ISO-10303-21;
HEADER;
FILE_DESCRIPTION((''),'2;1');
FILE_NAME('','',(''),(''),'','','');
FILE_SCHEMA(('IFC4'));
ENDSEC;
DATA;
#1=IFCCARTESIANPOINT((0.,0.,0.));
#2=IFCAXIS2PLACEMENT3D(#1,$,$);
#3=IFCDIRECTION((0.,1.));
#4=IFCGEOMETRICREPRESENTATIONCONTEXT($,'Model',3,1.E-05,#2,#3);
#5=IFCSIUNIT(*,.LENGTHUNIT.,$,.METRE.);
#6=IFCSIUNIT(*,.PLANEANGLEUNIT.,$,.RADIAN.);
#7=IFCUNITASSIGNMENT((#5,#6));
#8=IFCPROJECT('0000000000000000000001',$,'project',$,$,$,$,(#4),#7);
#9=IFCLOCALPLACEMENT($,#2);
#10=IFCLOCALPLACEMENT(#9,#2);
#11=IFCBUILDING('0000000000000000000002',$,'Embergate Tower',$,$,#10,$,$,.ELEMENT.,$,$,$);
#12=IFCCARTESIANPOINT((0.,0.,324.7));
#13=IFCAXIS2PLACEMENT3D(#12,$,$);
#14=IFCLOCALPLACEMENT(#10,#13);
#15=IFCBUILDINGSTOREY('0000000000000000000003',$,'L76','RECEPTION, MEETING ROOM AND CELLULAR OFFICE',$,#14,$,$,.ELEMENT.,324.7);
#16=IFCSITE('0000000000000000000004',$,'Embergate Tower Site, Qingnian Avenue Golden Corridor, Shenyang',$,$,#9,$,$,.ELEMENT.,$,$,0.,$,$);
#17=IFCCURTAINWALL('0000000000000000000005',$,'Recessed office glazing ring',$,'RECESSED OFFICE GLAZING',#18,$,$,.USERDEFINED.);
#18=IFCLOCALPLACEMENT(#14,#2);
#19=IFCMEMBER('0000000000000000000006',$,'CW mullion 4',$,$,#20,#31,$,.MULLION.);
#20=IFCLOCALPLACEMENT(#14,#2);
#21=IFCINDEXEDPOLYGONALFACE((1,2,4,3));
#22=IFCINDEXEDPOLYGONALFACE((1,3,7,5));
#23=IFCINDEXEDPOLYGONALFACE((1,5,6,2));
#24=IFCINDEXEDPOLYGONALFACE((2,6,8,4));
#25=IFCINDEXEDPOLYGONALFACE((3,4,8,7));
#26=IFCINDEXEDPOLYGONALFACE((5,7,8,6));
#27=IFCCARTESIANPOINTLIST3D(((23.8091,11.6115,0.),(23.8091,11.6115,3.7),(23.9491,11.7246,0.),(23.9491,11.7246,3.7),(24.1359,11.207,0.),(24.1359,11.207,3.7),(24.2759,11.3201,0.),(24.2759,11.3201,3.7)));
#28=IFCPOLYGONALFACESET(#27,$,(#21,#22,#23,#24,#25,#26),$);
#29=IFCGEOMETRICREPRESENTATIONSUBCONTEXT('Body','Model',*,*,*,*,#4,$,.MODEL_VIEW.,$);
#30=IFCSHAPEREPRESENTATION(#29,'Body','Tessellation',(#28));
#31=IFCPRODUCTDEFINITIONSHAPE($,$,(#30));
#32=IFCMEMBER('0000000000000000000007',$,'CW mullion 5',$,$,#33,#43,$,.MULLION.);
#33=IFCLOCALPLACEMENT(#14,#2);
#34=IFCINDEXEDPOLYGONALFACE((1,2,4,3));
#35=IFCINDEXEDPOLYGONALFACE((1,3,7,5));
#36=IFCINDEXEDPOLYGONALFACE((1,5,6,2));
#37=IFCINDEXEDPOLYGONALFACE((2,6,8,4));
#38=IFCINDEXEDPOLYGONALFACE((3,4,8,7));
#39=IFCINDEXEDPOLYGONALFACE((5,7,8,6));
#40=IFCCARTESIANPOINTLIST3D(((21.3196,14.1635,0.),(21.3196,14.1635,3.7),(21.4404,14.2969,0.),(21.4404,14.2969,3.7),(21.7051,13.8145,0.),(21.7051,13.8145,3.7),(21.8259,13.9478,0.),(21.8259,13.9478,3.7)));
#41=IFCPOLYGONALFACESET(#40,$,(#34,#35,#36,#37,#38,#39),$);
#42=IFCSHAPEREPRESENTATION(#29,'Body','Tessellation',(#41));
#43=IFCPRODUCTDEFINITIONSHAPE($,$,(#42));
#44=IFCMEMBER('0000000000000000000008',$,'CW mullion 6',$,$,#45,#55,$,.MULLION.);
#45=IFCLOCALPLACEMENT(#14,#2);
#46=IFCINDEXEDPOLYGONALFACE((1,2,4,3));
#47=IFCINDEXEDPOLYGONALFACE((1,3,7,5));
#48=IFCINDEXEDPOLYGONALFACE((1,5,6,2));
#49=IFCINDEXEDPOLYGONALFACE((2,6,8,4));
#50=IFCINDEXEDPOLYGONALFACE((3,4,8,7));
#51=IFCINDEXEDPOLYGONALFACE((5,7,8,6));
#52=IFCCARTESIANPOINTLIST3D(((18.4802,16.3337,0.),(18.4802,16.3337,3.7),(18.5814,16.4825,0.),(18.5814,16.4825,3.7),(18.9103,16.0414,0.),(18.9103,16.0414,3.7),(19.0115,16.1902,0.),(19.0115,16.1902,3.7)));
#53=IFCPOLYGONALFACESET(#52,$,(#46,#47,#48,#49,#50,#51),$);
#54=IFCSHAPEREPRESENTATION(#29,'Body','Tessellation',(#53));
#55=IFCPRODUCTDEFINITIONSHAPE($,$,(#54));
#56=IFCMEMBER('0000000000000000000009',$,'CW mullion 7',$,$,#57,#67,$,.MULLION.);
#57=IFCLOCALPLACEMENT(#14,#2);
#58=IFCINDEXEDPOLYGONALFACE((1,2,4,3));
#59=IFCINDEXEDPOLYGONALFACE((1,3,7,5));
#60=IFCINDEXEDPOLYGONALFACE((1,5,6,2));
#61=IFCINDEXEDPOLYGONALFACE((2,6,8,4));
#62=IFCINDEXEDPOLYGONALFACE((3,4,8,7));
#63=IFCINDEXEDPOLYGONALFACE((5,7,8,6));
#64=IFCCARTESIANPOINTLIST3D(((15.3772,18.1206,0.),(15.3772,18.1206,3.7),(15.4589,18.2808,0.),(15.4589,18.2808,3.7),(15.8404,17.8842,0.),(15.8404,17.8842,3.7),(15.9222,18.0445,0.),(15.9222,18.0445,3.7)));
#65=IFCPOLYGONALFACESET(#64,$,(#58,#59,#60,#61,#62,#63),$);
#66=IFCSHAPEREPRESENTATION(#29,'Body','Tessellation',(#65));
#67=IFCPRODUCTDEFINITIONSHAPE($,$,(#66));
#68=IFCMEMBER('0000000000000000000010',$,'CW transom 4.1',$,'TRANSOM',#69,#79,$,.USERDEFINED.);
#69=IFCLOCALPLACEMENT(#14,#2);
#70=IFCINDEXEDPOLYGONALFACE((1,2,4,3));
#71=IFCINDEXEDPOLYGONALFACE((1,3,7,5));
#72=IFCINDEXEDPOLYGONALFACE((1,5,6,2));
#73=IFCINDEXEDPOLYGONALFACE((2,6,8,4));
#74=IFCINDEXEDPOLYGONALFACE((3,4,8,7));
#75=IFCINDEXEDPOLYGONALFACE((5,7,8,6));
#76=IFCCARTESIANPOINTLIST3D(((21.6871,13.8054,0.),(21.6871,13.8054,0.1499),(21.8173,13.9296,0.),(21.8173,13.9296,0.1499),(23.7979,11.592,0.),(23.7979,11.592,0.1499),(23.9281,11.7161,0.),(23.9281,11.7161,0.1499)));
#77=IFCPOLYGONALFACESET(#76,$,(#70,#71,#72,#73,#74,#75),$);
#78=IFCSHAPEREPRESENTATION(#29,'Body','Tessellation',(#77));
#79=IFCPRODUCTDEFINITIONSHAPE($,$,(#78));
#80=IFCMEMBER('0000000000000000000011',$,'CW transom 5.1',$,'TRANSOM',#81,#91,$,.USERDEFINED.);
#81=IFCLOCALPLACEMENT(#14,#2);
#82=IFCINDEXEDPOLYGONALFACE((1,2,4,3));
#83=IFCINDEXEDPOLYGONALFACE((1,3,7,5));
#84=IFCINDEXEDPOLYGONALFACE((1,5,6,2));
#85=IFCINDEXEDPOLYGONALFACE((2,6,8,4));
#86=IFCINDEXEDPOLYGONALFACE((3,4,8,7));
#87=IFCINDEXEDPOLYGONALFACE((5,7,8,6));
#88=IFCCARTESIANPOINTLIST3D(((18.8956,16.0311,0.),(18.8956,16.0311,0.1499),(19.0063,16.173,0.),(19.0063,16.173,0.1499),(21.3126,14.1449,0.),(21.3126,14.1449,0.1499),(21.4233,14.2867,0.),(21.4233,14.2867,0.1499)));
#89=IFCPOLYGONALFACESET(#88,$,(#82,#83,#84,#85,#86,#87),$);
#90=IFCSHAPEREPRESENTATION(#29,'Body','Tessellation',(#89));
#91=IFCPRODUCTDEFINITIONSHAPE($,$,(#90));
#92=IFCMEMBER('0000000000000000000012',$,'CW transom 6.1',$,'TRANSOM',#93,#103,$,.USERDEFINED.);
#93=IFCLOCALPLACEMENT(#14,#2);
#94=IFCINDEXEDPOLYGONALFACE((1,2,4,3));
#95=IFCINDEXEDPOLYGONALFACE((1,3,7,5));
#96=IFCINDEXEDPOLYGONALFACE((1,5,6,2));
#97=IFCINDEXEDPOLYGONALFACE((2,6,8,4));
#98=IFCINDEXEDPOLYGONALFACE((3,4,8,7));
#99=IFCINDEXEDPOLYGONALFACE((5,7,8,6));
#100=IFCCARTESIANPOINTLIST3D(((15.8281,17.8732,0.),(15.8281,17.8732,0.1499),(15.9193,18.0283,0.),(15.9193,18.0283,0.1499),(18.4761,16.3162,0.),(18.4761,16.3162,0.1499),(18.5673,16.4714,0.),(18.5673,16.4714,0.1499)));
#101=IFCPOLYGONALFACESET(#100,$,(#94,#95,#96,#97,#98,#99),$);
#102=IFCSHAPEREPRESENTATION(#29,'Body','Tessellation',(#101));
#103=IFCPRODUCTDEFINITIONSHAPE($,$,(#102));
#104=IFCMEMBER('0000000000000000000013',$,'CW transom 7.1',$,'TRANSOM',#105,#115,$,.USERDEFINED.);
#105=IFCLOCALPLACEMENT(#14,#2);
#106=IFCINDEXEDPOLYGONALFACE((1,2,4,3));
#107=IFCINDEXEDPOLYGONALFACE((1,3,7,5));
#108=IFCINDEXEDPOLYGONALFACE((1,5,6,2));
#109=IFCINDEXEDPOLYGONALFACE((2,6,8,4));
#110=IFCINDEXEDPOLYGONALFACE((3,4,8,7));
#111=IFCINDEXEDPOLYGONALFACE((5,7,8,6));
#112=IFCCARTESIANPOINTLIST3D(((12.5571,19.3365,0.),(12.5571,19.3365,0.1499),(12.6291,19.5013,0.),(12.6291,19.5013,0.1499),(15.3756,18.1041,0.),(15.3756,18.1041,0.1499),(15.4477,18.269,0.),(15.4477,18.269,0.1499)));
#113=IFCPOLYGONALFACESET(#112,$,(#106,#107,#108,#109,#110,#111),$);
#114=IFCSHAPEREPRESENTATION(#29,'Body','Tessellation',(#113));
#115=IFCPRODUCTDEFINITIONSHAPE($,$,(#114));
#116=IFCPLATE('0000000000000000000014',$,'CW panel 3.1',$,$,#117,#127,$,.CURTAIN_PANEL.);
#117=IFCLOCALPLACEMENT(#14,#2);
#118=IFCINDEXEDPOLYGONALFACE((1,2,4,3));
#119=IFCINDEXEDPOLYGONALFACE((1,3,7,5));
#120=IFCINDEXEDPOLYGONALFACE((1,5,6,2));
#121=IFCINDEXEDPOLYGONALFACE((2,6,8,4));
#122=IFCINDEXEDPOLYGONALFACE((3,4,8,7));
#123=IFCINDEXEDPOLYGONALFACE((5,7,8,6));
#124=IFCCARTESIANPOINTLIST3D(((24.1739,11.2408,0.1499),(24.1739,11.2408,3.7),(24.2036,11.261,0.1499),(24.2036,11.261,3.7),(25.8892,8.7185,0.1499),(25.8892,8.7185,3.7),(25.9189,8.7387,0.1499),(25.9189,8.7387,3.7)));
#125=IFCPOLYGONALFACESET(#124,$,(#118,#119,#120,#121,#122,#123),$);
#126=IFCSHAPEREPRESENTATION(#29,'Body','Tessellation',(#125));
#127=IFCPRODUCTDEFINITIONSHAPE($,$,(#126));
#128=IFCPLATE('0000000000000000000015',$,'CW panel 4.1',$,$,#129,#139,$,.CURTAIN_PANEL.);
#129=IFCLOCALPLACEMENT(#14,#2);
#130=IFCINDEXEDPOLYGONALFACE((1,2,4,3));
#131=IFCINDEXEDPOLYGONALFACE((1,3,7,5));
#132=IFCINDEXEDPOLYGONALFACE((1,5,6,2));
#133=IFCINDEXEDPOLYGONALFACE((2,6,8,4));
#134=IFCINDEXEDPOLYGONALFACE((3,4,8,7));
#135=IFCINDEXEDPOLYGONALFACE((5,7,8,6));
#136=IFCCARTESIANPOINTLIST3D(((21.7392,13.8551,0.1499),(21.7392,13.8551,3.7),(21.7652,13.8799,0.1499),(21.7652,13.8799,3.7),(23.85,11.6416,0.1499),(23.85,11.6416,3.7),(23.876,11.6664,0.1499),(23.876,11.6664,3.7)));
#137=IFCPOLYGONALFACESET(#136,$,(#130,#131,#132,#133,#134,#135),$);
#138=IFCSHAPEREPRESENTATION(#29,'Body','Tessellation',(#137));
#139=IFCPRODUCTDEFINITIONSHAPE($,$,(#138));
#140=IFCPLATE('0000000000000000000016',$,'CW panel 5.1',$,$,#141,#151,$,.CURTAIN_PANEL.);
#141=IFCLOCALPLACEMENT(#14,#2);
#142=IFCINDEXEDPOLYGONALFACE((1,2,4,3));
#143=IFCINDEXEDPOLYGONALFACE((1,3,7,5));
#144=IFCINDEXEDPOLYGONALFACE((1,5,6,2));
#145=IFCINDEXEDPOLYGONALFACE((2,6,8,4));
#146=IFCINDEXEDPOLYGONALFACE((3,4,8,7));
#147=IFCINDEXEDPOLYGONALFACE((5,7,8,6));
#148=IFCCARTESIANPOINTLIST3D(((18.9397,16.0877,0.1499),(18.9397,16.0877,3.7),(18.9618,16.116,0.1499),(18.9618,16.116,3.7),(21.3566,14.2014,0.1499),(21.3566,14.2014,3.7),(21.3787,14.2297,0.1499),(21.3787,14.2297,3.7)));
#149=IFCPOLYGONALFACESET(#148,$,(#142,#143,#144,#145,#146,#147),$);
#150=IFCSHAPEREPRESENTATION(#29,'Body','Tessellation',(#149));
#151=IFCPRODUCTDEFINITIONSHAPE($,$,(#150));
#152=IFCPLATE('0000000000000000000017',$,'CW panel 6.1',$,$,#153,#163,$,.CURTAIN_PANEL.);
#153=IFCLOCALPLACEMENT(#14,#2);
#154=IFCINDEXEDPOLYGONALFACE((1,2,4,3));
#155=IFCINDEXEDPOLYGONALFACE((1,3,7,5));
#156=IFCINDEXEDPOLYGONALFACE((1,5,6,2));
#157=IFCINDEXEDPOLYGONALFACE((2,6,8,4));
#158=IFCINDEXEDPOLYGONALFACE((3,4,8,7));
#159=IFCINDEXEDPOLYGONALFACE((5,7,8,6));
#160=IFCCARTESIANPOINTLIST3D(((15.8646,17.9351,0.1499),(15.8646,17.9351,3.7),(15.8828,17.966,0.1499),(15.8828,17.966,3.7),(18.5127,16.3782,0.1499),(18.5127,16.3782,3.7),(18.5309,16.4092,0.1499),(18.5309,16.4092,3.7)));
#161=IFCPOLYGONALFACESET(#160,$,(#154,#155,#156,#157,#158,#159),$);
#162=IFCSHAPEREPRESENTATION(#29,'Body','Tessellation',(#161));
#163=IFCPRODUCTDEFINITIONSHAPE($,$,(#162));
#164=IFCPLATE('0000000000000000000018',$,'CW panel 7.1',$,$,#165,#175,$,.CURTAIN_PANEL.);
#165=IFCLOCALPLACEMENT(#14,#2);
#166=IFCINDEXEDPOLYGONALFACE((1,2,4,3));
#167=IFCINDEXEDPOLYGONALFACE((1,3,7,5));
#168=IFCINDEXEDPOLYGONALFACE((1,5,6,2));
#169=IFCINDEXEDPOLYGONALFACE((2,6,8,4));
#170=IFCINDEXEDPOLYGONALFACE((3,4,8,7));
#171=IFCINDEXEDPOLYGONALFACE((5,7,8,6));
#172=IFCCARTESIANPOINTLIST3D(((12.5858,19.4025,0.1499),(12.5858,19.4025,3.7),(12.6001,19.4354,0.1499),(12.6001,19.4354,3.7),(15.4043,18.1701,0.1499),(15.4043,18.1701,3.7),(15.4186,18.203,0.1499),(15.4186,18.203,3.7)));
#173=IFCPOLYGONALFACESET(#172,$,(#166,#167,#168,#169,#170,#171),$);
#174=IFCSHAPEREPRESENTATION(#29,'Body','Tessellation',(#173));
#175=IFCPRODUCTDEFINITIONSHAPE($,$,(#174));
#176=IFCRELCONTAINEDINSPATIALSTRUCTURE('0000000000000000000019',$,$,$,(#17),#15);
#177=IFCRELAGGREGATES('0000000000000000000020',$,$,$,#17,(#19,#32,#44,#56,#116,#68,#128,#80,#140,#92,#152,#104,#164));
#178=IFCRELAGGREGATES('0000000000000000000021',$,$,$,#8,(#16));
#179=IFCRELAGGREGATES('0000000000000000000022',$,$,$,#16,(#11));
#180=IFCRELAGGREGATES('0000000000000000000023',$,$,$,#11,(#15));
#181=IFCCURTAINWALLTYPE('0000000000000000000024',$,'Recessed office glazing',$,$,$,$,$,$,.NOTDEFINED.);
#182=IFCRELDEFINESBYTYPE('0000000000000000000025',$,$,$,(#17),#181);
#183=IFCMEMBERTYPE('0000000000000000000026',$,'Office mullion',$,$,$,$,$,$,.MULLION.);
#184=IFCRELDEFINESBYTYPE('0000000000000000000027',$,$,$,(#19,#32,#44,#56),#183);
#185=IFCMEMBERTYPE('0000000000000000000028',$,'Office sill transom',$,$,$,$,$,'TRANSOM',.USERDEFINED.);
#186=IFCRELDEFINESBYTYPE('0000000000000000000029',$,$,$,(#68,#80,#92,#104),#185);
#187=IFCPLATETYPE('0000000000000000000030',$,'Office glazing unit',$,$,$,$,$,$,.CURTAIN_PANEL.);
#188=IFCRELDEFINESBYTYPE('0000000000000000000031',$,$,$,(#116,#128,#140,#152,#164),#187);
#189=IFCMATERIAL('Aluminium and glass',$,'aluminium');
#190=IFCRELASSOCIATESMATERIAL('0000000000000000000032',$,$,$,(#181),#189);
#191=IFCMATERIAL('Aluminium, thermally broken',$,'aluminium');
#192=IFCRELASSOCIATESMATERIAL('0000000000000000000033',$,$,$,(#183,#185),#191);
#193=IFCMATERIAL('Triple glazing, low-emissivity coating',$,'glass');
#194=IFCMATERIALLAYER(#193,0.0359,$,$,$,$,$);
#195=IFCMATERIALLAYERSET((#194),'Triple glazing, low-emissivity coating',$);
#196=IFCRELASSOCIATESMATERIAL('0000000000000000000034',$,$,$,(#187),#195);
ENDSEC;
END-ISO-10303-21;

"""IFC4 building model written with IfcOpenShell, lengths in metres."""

from ifc_helpers import new_model, si_unit, direction, frame, origin, origin_2d, place, context, subcontext, project, spatial, rectangle, extrude, source, transform, mapped, material, layer, layer_set, material_profile, profile_set, type_object, element, aggregate, save


model = new_model("IFC4")

# Units and contexts
model_context = context("Model", 3, precision=1e-05, world=origin(), true_north=direction((0.0, 1.0)))
body_context = subcontext(model_context, "Body", "Model", "MODEL_VIEW")
ifc_project = project(units=[si_unit("LENGTHUNIT", "METRE"), si_unit("PLANEANGLEUNIT", "RADIAN")], contexts=[model_context])

# Site, building, storey
site_placement = place(None, origin())
site = spatial("IfcSite", under=ifc_project, at=site_placement, Name="Embergate Tower Site, Qingnian Avenue Golden Corridor, Shenyang", CompositionType="ELEMENT", RefElevation=0.0)
building_placement = place(site_placement, origin())
building = spatial("IfcBuilding", under=site, at=building_placement, Name="Embergate Tower", CompositionType="ELEMENT")
storey_placement = place(building_placement, frame((0.0, 0.0, 324.7)))
storey = spatial("IfcBuildingStorey", under=building, at=storey_placement, Name="L76", Description="RECEPTION, MEETING ROOM AND CELLULAR OFFICE", CompositionType="ELEMENT", Elevation=324.7)

# Curtain wall, members, plates
ifc_material_1 = material(Name="Aluminium and glass", Category="aluminium")
curtain_wall_type = type_object("IfcCurtainWallType", Name="Recessed office glazing", PredefinedType="NOTDEFINED", material=ifc_material_1)
curtain_wall_placement = place(storey_placement, origin())
curtain_wall = element("IfcCurtainWall", 1, at=curtain_wall_placement, inside=storey, type_object=curtain_wall_type, Name="Recessed office glazing ring", ObjectType="RECESSED OFFICE GLAZING", PredefinedType="USERDEFINED")
ifc_material_2 = material(Name="Aluminium, thermally broken", Category="aluminium")
ifc_material_profile_1 = material_profile(ifc_material_2, rectangle(XDim=0.1799, YDim=0.52, at=origin_2d()), Name="AL 520x180")
ifc_profile_set_1 = profile_set([ifc_material_profile_1], Name="Aluminium, thermally broken")
member_type_1 = type_object("IfcMemberType", Name="Office mullion", PredefinedType="MULLION", material=ifc_profile_set_1)
shared_shape_1 = source(origin(), body_context, "Body", "SweptSolid", [
    extrude(rectangle(XDim=0.1799, YDim=0.52, at=origin_2d()), origin(), (0.0, 0.0, 1.0), 3.7),
])
member_1_placement = place(storey_placement, frame((24.0425, 11.4658, 0.0), z_axis=(0.0, 0.0, 1.0), x_axis=(-0.777862, -0.628436, 0.0)))
member_1 = element("IfcMember", 2, at=member_1_placement, type_object=member_type_1, Name="CW mullion 4", PredefinedType="MULLION", context=body_context, shape_type="MappedRepresentation", body=[
    mapped(shared_shape_1, transform((0.0, 0.0, 0.0))),
])
member_2_placement = place(storey_placement, frame((21.5728, 14.0557, 0.0), z_axis=(0.0, 0.0, 1.0), x_axis=(-0.671217, -0.74126, 0.0)))
member_2 = element("IfcMember", 3, at=member_2_placement, type_object=member_type_1, Name="CW mullion 5", PredefinedType="MULLION", context=body_context, shape_type="MappedRepresentation", body=[
    mapped(shared_shape_1, transform((0.0, 0.0, 0.0))),
])
member_3_placement = place(storey_placement, frame((18.7458, 16.262, 0.0), z_axis=(0.0, 0.0, 1.0), x_axis=(-0.56221, -0.826994, 0.0)))
member_3 = element("IfcMember", 4, at=member_3_placement, type_object=member_type_1, Name="CW mullion 6", PredefinedType="MULLION", context=body_context, shape_type="MappedRepresentation", body=[
    mapped(shared_shape_1, transform((0.0, 0.0, 0.0))),
])
member_4_placement = place(storey_placement, frame((15.6497, 18.0825, 0.0), z_axis=(0.0, 0.0, 1.0), x_axis=(-0.454508, -0.890743, 0.0)))
member_4 = element("IfcMember", 5, at=member_4_placement, type_object=member_type_1, Name="CW mullion 7", PredefinedType="MULLION", context=body_context, shape_type="MappedRepresentation", body=[
    mapped(shared_shape_1, transform((0.0, 0.0, 0.0))),
])
ifc_material_profile_2 = material_profile(ifc_material_2, rectangle(XDim=0.1799, YDim=0.1499, at=origin_2d()), Name="AL 150x180")
ifc_profile_set_2 = profile_set([ifc_material_profile_2], Name="Aluminium, thermally broken")
member_type_2 = type_object("IfcMemberType", Name="Office sill transom", ElementType="TRANSOM", PredefinedType="USERDEFINED", material=ifc_profile_set_2)
shared_shape_2 = source(origin(), body_context, "Body", "SweptSolid", [
    extrude(rectangle(XDim=0.1799, YDim=0.1499, at=origin_2d()), origin(), (0.0, 0.0, 1.0), 3.0586),
])
member_5_placement = place(storey_placement, frame((23.863, 11.6541, 0.075), z_axis=(-0.690145, 0.723671, 0.0), x_axis=(-0.723671, -0.690145, 0.0)))
member_5 = element("IfcMember", 6, at=member_5_placement, type_object=member_type_2, Name="CW transom 4.1", ObjectType="TRANSOM", PredefinedType="USERDEFINED", context=body_context, shape_type="MappedRepresentation", body=[
    mapped(shared_shape_2, transform((0.0, 0.0, 0.0))),
])
shared_shape_3 = source(origin(), body_context, "Body", "SweptSolid", [
    extrude(rectangle(XDim=0.1799, YDim=0.1499, at=origin_2d()), origin(), (0.0, 0.0, 1.0), 3.0659),
])
member_6_placement = place(storey_placement, frame((21.3679, 14.2158, 0.075), z_axis=(-0.788348, 0.61523, 0.0), x_axis=(-0.61523, -0.788348, 0.0)))
member_6 = element("IfcMember", 7, at=member_6_placement, type_object=member_type_2, Name="CW transom 5.1", ObjectType="TRANSOM", PredefinedType="USERDEFINED", context=body_context, shape_type="MappedRepresentation", body=[
    mapped(shared_shape_3, transform((0.0, 0.0, 0.0))),
])
shared_shape_4 = source(origin(), body_context, "Body", "SweptSolid", [
    extrude(rectangle(XDim=0.1799, YDim=0.1499, at=origin_2d()), origin(), (0.0, 0.0, 1.0), 3.0718),
])
member_7_placement = place(storey_placement, frame((18.5217, 16.3938, 0.075), z_axis=(-0.862038, 0.506843, 0.0), x_axis=(-0.506843, -0.862038, 0.0)))
member_7 = element("IfcMember", 8, at=member_7_placement, type_object=member_type_2, Name="CW transom 6.1", ObjectType="TRANSOM", PredefinedType="USERDEFINED", context=body_context, shape_type="MappedRepresentation", body=[
    mapped(shared_shape_4, transform((0.0, 0.0, 0.0))),
])
shared_shape_5 = source(origin(), body_context, "Body", "SweptSolid", [
    extrude(rectangle(XDim=0.1799, YDim=0.1499, at=origin_2d()), origin(), (0.0, 0.0, 1.0), 3.0762),
])
member_8_placement = place(storey_placement, frame((15.4116, 18.1865, 0.075), z_axis=(-0.916243, 0.400623, 0.0), x_axis=(-0.400623, -0.916243, 0.0)))
member_8 = element("IfcMember", 9, at=member_8_placement, type_object=member_type_2, Name="CW transom 7.1", ObjectType="TRANSOM", PredefinedType="USERDEFINED", context=body_context, shape_type="MappedRepresentation", body=[
    mapped(shared_shape_5, transform((0.0, 0.0, 0.0))),
])
ifc_material_3 = material(Name="Triple glazing, low-emissivity coating", Category="glass")
ifc_layer_1 = layer(ifc_material_3, 0.0359)
ifc_layer_set_1 = layer_set([ifc_layer_1], Name="Triple glazing, low-emissivity coating")
plate_type = type_object("IfcPlateType", Name="Office glazing unit", PredefinedType="CURTAIN_PANEL", material=ifc_layer_set_1)
shared_shape_6 = source(origin(), body_context, "Body", "SweptSolid", [
    extrude(rectangle(XDim=3.0503, YDim=0.0359, at=origin_2d()), origin(), (0.0, 0.0, 1.0), 3.55),
])
plate_1_placement = place(storey_placement, frame((25.0464, 9.9897, 0.1499), z_axis=(0.0, 0.0, 1.0), x_axis=(-0.562342, 0.826905, 0.0)))
plate_1 = element("IfcPlate", 10, at=plate_1_placement, type_object=plate_type, Name="CW panel 3.1", PredefinedType="CURTAIN_PANEL", context=body_context, shape_type="MappedRepresentation", body=[
    mapped(shared_shape_6, transform((0.0, 0.0, 0.0))),
])
shared_shape_7 = source(origin(), body_context, "Body", "SweptSolid", [
    extrude(rectangle(XDim=3.0586, YDim=0.0359, at=origin_2d()), origin(), (0.0, 0.0, 1.0), 3.55),
])
plate_2_placement = place(storey_placement, frame((22.8076, 12.7607, 0.1499), z_axis=(0.0, 0.0, 1.0), x_axis=(-0.690133, 0.723683, 0.0)))
plate_2 = element("IfcPlate", 11, at=plate_2_placement, type_object=plate_type, Name="CW panel 4.1", PredefinedType="CURTAIN_PANEL", context=body_context, shape_type="MappedRepresentation", body=[
    mapped(shared_shape_7, transform((0.0, 0.0, 0.0))),
])
shared_shape_8 = source(origin(), body_context, "Body", "SweptSolid", [
    extrude(rectangle(XDim=3.0659, YDim=0.0359, at=origin_2d()), origin(), (0.0, 0.0, 1.0), 3.55),
])
plate_3_placement = place(storey_placement, frame((20.1592, 15.1587, 0.1499), z_axis=(0.0, 0.0, 1.0), x_axis=(-0.788318, 0.615268, 0.0)))
plate_3 = element("IfcPlate", 12, at=plate_3_placement, type_object=plate_type, Name="CW panel 5.1", PredefinedType="CURTAIN_PANEL", context=body_context, shape_type="MappedRepresentation", body=[
    mapped(shared_shape_8, transform((0.0, 0.0, 0.0))),
])
shared_shape_9 = source(origin(), body_context, "Body", "SweptSolid", [
    extrude(rectangle(XDim=3.0718, YDim=0.0359, at=origin_2d()), origin(), (0.0, 0.0, 1.0), 3.55),
])
plate_4_placement = place(storey_placement, frame((17.1978, 17.1721, 0.1499), z_axis=(0.0, 0.0, 1.0), x_axis=(-0.862051, 0.506822, 0.0)))
plate_4 = element("IfcPlate", 13, at=plate_4_placement, type_object=plate_type, Name="CW panel 6.1", PredefinedType="CURTAIN_PANEL", context=body_context, shape_type="MappedRepresentation", body=[
    mapped(shared_shape_9, transform((0.0, 0.0, 0.0))),
])
shared_shape_10 = source(origin(), body_context, "Body", "SweptSolid", [
    extrude(rectangle(XDim=3.0762, YDim=0.0359, at=origin_2d()), origin(), (0.0, 0.0, 1.0), 3.55),
])
plate_5_placement = place(storey_placement, frame((14.0022, 18.8027, 0.1499), z_axis=(0.0, 0.0, 1.0), x_axis=(-0.916234, 0.400643, 0.0)))
plate_5 = element("IfcPlate", 14, at=plate_5_placement, type_object=plate_type, Name="CW panel 7.1", PredefinedType="CURTAIN_PANEL", context=body_context, shape_type="MappedRepresentation", body=[
    mapped(shared_shape_10, transform((0.0, 0.0, 0.0))),
])
aggregate(curtain_wall, [member_1, member_2, member_3, member_4, plate_1, member_5, plate_2, member_6, plate_3, member_7, plate_4, member_8, plate_5])

save(model, "model.ifc")
